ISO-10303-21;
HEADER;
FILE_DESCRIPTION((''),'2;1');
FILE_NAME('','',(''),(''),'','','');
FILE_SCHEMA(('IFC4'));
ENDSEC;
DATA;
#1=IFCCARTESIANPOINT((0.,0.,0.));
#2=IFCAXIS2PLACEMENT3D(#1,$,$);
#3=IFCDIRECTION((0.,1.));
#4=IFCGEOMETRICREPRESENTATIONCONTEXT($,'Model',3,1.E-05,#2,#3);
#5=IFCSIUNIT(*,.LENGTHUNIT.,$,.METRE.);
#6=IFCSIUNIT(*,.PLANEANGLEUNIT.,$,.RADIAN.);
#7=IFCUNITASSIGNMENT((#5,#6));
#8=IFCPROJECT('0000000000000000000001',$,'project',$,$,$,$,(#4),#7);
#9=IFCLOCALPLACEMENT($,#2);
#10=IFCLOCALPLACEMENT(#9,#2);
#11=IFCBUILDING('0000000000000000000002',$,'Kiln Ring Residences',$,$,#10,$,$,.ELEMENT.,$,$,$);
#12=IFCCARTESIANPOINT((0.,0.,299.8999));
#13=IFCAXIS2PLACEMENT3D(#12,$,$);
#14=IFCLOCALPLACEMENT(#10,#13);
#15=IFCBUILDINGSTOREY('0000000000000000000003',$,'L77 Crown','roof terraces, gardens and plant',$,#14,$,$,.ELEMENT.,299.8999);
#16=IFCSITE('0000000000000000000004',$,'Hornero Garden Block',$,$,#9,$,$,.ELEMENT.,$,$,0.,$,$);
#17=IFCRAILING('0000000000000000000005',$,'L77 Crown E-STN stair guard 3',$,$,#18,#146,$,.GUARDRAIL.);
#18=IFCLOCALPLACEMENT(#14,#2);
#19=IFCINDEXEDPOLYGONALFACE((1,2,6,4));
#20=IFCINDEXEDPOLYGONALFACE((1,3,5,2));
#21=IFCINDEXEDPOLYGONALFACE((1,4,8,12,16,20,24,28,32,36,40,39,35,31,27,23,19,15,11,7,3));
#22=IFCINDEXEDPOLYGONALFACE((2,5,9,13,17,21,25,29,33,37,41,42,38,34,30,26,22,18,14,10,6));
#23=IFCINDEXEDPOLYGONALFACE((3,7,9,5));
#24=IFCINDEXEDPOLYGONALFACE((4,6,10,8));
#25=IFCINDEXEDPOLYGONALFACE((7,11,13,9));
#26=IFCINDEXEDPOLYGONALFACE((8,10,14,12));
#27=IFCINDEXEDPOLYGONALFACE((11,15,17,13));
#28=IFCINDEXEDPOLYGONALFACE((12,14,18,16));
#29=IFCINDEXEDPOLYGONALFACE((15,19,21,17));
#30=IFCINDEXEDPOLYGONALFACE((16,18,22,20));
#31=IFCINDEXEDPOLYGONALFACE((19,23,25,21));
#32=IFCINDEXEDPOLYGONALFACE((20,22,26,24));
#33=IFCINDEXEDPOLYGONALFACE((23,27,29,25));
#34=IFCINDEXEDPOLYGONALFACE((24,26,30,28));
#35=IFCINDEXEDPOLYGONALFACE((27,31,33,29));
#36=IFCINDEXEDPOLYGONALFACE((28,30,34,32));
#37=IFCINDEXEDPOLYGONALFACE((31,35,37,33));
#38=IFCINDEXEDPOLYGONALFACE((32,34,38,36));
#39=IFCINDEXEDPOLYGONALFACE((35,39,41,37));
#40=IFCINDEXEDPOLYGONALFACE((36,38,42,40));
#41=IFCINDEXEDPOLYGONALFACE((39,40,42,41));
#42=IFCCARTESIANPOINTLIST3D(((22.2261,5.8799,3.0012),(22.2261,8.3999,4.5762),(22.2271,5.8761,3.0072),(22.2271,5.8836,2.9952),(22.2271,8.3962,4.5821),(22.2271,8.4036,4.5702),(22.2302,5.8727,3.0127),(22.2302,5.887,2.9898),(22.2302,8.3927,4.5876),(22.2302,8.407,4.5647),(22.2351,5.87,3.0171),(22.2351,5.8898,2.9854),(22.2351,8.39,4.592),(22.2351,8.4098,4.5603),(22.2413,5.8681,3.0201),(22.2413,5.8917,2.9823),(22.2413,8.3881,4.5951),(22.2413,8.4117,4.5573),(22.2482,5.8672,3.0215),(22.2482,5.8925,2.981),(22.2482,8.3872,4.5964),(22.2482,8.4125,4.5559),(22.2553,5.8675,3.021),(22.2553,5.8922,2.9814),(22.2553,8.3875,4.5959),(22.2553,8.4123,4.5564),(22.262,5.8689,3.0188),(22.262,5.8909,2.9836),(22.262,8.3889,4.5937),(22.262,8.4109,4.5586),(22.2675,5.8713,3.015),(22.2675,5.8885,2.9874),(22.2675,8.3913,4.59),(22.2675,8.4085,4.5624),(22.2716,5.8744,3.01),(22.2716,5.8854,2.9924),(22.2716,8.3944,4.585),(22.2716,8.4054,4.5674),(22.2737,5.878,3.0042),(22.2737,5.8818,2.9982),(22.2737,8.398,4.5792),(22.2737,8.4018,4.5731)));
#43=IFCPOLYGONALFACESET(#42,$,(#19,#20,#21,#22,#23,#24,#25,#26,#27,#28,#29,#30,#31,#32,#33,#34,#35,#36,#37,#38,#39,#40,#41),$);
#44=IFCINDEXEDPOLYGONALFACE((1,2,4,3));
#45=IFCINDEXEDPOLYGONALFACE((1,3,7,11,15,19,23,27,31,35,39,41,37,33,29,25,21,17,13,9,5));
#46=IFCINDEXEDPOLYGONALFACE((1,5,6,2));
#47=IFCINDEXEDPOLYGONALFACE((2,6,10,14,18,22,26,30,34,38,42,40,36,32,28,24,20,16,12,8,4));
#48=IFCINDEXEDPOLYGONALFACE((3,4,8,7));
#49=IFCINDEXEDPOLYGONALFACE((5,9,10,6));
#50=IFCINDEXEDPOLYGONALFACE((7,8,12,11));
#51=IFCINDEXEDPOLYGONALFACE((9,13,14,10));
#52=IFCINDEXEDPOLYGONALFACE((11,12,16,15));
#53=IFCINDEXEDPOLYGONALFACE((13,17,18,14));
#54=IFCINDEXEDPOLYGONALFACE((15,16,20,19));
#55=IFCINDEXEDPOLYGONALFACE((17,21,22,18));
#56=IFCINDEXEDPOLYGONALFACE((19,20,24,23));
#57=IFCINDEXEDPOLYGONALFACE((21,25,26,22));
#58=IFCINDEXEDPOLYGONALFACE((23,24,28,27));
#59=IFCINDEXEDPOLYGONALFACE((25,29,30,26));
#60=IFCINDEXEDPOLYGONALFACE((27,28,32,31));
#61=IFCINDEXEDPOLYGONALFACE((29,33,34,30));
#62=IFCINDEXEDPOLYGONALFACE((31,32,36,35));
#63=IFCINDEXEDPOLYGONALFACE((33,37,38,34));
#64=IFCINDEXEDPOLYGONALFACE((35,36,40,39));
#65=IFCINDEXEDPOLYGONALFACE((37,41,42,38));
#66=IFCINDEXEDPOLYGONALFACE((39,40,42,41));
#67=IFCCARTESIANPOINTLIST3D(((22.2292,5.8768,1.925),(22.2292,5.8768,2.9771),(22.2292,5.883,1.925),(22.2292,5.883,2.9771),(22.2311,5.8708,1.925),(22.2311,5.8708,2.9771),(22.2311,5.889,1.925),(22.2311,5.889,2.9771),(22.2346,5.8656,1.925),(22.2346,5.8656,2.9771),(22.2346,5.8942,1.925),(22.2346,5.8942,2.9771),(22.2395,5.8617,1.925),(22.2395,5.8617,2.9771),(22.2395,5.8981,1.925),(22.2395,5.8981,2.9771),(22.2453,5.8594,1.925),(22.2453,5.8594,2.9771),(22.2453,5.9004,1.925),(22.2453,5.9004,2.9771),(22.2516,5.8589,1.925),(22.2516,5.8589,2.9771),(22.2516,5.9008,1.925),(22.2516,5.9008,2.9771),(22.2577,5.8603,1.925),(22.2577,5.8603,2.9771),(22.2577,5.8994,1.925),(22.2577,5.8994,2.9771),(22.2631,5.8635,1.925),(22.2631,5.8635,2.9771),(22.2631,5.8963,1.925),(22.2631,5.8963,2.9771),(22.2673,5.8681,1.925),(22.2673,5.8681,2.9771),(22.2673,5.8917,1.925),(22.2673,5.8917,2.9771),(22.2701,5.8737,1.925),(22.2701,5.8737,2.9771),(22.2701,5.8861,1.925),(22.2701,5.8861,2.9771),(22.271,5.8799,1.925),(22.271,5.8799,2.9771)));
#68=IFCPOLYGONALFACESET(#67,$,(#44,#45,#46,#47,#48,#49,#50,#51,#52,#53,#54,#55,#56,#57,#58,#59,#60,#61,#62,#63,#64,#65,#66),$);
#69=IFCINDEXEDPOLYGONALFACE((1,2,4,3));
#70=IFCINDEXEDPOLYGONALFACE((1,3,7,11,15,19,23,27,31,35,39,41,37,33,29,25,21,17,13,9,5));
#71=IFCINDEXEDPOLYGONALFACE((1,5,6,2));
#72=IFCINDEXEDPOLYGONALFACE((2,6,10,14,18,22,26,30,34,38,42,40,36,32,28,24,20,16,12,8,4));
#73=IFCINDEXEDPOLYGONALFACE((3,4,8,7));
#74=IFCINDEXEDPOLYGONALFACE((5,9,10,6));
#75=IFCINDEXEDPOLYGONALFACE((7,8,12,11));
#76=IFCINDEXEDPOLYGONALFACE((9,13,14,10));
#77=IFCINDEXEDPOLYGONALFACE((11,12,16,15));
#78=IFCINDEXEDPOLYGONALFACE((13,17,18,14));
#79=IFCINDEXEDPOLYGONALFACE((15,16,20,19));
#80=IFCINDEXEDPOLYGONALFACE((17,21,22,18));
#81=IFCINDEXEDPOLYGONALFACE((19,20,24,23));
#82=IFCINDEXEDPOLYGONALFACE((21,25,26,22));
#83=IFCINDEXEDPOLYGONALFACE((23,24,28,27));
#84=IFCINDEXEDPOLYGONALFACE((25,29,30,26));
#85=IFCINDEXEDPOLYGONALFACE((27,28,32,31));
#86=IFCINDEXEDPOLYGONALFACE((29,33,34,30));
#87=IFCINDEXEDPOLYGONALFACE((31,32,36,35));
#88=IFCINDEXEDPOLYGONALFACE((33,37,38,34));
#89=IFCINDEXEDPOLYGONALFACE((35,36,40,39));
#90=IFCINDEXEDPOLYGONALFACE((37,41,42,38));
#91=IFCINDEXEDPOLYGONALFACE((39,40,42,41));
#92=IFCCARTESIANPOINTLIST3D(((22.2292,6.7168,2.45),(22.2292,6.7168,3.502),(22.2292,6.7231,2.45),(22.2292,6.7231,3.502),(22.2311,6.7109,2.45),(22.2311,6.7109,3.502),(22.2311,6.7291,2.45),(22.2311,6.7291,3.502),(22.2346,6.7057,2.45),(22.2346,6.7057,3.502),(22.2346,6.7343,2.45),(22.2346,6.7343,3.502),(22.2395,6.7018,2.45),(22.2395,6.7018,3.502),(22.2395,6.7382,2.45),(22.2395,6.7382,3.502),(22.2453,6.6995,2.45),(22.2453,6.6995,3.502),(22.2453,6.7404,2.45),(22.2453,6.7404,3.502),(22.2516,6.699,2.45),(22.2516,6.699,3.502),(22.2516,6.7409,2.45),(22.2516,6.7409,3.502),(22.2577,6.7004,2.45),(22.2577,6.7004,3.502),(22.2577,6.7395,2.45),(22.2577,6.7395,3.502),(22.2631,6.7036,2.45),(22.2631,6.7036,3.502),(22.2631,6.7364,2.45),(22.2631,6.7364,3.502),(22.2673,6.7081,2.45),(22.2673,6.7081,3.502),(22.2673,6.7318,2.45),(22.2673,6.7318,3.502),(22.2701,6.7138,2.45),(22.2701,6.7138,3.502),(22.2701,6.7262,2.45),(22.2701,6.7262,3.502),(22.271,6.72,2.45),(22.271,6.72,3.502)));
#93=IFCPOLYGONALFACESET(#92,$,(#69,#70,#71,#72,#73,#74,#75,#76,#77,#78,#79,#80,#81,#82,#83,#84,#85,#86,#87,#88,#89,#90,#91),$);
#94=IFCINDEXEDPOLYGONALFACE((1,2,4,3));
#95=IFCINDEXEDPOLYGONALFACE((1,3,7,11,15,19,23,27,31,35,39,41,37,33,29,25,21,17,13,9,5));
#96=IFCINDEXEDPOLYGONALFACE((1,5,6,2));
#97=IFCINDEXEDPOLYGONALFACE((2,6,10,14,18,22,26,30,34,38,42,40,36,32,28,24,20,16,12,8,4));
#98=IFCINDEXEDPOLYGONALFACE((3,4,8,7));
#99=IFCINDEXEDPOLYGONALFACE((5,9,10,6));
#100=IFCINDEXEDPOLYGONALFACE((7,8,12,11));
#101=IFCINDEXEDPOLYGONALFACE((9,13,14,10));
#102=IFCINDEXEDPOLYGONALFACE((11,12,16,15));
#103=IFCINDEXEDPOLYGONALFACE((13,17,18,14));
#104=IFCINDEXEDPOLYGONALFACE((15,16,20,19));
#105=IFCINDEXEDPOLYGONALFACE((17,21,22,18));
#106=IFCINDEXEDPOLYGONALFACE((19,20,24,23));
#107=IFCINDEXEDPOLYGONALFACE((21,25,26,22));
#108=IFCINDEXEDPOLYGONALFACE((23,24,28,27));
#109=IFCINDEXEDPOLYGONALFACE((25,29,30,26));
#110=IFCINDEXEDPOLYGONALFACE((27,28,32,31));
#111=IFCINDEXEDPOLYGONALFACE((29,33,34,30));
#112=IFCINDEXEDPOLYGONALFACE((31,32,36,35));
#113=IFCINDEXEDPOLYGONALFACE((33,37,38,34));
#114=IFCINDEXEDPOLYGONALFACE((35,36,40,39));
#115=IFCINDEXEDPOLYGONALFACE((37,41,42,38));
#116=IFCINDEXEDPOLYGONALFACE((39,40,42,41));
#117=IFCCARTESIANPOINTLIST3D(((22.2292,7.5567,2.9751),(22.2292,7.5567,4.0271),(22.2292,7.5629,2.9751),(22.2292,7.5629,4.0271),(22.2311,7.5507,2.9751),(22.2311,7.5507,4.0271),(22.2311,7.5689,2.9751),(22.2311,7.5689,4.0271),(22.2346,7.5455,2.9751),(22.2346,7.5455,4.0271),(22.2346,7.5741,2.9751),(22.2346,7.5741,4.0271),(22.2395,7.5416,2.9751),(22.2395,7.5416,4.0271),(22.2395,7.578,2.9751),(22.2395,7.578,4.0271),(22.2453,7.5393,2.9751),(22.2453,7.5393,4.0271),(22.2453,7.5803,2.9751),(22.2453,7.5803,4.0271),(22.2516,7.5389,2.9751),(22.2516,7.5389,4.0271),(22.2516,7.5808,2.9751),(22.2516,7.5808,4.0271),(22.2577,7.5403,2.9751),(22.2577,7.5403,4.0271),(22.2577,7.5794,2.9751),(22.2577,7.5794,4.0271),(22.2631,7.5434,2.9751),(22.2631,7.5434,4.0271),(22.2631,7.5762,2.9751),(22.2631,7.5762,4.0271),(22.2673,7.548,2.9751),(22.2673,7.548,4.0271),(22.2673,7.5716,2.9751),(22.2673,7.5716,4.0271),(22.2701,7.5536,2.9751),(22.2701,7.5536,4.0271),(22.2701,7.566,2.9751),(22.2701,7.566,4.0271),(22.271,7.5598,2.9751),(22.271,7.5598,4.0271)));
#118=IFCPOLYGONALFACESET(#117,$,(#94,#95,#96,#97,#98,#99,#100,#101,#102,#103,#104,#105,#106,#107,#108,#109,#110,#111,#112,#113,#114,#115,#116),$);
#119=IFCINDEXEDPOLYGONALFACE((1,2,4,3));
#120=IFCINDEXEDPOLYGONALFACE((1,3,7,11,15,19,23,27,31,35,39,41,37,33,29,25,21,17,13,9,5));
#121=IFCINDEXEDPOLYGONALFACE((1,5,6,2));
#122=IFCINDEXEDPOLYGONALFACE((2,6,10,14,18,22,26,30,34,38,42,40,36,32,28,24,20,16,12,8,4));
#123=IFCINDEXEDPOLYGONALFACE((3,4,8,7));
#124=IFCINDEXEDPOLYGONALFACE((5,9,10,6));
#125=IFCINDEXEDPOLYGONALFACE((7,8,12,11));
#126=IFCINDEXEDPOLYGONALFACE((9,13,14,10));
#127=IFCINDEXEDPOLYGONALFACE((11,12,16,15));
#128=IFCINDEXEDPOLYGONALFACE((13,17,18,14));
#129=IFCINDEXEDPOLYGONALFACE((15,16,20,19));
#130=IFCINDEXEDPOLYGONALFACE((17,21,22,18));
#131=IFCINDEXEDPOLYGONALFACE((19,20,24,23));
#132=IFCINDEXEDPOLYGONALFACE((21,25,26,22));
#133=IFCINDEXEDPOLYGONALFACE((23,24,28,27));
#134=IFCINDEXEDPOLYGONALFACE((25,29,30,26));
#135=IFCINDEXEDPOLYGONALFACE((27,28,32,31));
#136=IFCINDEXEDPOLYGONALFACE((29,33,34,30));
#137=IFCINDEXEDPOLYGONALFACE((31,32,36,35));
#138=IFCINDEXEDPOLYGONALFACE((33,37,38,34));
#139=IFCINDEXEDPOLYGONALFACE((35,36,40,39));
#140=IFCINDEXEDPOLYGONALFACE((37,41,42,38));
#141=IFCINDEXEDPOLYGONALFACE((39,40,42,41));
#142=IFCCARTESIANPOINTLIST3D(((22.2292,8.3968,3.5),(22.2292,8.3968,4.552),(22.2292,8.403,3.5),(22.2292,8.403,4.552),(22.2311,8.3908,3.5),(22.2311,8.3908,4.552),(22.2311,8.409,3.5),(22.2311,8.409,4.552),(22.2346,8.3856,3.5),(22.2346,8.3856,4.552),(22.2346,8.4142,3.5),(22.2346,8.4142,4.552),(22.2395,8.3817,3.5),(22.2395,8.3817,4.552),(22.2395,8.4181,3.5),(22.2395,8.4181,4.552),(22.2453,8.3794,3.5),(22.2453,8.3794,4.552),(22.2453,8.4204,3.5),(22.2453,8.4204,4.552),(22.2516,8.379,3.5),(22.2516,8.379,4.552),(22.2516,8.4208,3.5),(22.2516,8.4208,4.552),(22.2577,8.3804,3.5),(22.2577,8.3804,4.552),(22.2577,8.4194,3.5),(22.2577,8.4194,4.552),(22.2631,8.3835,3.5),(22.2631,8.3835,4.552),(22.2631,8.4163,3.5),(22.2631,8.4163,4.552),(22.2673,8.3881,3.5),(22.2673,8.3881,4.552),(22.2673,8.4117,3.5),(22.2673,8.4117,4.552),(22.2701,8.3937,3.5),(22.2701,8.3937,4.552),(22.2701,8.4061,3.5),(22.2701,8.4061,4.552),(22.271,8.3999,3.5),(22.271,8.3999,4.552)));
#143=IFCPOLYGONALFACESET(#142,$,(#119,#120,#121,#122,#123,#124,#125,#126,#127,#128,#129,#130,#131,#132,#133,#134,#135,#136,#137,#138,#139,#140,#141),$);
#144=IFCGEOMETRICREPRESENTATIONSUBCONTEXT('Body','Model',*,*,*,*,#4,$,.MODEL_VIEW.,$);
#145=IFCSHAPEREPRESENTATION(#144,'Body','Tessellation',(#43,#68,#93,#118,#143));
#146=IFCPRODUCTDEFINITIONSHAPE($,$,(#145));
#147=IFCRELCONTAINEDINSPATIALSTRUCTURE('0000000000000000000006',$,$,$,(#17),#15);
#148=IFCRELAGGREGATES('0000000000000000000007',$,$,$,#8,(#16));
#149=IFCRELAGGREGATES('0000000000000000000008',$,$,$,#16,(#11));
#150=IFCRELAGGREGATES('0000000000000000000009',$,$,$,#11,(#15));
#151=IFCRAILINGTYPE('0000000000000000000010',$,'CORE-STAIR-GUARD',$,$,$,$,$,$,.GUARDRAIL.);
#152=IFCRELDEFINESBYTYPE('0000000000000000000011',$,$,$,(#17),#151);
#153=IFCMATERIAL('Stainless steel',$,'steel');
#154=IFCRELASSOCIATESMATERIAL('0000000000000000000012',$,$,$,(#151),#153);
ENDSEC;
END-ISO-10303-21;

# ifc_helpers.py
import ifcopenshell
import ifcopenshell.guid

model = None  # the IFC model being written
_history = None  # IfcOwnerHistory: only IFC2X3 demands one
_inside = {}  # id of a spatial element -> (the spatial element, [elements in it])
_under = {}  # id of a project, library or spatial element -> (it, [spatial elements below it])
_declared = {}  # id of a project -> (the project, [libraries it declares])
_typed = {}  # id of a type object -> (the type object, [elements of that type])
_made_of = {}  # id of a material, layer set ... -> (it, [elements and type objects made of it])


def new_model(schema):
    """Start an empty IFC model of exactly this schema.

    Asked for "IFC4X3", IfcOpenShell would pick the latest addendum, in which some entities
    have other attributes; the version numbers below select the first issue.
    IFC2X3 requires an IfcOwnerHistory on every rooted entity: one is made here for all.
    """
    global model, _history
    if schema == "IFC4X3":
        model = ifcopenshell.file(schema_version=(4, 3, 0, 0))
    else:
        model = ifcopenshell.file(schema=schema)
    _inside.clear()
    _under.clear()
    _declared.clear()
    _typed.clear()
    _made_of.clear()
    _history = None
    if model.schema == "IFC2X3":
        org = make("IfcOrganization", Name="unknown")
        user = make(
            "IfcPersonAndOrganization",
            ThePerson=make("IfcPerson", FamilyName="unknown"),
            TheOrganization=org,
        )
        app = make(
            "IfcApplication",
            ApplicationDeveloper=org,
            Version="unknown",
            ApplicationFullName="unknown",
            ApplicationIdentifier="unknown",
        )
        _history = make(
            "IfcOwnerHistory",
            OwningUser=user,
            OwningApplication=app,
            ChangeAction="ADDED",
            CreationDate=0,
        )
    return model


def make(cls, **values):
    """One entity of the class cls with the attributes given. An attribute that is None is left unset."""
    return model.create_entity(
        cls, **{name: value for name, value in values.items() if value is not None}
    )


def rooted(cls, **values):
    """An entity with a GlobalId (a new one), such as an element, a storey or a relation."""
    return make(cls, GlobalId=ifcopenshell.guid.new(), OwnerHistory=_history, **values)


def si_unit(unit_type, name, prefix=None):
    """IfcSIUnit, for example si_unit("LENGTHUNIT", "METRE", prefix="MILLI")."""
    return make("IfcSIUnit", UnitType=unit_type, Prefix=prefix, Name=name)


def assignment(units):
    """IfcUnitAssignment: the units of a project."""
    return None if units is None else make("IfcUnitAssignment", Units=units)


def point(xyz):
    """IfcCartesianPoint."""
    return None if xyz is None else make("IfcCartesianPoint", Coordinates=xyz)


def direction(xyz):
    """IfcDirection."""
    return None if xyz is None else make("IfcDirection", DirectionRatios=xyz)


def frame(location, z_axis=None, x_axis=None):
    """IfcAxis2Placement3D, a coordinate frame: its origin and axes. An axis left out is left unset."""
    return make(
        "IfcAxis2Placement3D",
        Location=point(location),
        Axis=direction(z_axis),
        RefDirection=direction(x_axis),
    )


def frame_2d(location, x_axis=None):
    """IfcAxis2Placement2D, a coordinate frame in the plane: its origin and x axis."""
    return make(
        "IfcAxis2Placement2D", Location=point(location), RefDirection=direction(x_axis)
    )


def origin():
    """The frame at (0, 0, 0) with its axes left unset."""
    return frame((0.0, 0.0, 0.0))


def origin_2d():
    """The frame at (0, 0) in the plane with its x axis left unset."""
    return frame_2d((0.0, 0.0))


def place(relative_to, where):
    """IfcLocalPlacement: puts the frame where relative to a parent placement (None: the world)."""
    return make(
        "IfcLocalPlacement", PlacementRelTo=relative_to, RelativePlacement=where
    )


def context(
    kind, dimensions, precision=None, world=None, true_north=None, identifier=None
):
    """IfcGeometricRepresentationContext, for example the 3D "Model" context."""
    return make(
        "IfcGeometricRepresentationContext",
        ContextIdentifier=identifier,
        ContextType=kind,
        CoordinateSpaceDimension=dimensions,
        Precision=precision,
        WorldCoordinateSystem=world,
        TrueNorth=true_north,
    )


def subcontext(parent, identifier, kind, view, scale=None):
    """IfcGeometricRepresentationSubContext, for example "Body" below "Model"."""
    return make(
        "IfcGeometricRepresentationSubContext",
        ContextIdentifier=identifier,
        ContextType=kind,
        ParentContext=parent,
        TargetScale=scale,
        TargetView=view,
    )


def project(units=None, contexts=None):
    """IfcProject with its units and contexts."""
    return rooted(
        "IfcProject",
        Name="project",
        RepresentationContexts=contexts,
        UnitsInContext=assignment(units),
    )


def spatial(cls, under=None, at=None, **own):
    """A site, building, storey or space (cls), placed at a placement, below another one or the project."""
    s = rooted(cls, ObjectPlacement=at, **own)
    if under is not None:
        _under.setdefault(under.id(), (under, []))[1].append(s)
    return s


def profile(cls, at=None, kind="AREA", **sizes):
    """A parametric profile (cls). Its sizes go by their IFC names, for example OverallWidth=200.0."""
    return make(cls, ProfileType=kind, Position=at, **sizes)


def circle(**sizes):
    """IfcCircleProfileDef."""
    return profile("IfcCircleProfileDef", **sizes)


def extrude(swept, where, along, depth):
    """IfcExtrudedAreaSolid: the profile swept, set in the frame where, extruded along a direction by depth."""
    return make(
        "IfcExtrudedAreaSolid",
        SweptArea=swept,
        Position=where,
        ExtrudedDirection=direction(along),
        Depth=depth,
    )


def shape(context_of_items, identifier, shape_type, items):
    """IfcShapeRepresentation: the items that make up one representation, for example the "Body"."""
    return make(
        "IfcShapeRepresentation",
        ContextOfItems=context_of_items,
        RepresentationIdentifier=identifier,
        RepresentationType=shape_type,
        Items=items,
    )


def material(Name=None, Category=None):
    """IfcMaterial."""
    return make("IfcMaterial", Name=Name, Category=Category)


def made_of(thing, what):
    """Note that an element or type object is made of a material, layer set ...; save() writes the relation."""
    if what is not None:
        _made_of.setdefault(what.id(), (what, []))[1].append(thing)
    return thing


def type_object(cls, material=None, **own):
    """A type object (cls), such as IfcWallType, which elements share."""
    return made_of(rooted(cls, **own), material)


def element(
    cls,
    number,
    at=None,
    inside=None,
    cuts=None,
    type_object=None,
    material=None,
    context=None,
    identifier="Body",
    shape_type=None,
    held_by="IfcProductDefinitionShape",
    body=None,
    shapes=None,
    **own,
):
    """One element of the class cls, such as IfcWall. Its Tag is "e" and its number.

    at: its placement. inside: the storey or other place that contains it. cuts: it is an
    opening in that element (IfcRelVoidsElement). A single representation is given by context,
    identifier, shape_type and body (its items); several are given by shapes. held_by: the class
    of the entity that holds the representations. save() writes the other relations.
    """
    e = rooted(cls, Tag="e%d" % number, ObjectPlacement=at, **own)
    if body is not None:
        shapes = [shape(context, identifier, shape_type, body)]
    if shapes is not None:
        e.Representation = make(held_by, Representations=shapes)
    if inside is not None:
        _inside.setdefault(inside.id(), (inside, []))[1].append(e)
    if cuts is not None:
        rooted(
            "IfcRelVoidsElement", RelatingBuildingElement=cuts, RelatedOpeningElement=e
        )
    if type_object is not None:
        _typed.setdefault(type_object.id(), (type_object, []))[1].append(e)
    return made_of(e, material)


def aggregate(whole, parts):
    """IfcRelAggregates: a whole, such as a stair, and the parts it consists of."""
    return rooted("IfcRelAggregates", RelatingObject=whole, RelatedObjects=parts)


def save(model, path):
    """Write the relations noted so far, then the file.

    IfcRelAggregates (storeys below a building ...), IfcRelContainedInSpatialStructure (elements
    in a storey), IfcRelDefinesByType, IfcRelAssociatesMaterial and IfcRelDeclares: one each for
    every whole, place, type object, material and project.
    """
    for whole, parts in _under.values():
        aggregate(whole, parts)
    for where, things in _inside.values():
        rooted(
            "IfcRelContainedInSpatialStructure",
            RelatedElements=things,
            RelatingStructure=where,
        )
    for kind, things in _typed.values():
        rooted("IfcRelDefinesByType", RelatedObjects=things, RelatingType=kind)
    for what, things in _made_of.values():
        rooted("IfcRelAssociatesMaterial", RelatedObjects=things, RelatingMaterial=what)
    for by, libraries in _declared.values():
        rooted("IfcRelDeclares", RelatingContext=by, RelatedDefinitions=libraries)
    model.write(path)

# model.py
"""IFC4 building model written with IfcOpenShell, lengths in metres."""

from ifc_helpers import new_model, si_unit, direction, frame, origin, origin_2d, place, context, subcontext, project, spatial, circle, extrude, material, type_object, element, save


model = new_model("IFC4")

# Units and contexts
model_context = context("Model", 3, precision=1e-05, world=origin(), true_north=direction((0.0, 1.0)))
body_context = subcontext(model_context, "Body", "Model", "MODEL_VIEW")
ifc_project = project(units=[si_unit("LENGTHUNIT", "METRE"), si_unit("PLANEANGLEUNIT", "RADIAN")], contexts=[model_context])

# Site, building, storey
site_placement = place(None, origin())
site = spatial("IfcSite", under=ifc_project, at=site_placement, Name="Hornero Garden Block", CompositionType="ELEMENT", RefElevation=0.0)
building_placement = place(site_placement, origin())
building = spatial("IfcBuilding", under=site, at=building_placement, Name="Kiln Ring Residences", CompositionType="ELEMENT")
storey_placement = place(building_placement, frame((0.0, 0.0, 299.8999)))
storey = spatial("IfcBuildingStorey", under=building, at=storey_placement, Name="L77 Crown", Description="roof terraces, gardens and plant", CompositionType="ELEMENT", Elevation=299.8999)

# Railing
ifc_material_1 = material(Name="Stainless steel", Category="steel")
railing_type_1 = type_object("IfcRailingType", Name="CORE-STAIR-GUARD", PredefinedType="GUARDRAIL", material=ifc_material_1)
railing_1_placement = place(storey_placement, frame((22.25, 5.8799, 1.925)))
element("IfcRailing", 1, at=railing_1_placement, inside=storey, type_object=railing_type_1, Name="L77 Crown E-STN stair guard 3", PredefinedType="GUARDRAIL", context=body_context, shape_type="SweptSolid", body=[
    extrude(circle(Radius=0.0239, at=origin_2d()), frame((0.0, 0.0, 1.0762), z_axis=(0.0, 0.848008, 0.529984), x_axis=(-1.0, 0.0, 0.0)), (0.0, 0.0, 1.0), 2.9717),
    extrude(circle(Radius=0.021, at=origin_2d()), origin(), (0.0, 0.0, 1.0), 1.052),
    extrude(circle(Radius=0.021, at=origin_2d()), frame((0.0, 0.8401, 0.5249)), (0.0, 0.0, 1.0), 1.052),
    extrude(circle(Radius=0.021, at=origin_2d()), frame((0.0, 1.6799, 1.05)), (0.0, 0.0, 1.0), 1.052),
    extrude(circle(Radius=0.021, at=origin_2d()), frame((0.0, 2.52, 1.575)), (0.0, 0.0, 1.0), 1.052),
])

save(model, "model.ifc")
